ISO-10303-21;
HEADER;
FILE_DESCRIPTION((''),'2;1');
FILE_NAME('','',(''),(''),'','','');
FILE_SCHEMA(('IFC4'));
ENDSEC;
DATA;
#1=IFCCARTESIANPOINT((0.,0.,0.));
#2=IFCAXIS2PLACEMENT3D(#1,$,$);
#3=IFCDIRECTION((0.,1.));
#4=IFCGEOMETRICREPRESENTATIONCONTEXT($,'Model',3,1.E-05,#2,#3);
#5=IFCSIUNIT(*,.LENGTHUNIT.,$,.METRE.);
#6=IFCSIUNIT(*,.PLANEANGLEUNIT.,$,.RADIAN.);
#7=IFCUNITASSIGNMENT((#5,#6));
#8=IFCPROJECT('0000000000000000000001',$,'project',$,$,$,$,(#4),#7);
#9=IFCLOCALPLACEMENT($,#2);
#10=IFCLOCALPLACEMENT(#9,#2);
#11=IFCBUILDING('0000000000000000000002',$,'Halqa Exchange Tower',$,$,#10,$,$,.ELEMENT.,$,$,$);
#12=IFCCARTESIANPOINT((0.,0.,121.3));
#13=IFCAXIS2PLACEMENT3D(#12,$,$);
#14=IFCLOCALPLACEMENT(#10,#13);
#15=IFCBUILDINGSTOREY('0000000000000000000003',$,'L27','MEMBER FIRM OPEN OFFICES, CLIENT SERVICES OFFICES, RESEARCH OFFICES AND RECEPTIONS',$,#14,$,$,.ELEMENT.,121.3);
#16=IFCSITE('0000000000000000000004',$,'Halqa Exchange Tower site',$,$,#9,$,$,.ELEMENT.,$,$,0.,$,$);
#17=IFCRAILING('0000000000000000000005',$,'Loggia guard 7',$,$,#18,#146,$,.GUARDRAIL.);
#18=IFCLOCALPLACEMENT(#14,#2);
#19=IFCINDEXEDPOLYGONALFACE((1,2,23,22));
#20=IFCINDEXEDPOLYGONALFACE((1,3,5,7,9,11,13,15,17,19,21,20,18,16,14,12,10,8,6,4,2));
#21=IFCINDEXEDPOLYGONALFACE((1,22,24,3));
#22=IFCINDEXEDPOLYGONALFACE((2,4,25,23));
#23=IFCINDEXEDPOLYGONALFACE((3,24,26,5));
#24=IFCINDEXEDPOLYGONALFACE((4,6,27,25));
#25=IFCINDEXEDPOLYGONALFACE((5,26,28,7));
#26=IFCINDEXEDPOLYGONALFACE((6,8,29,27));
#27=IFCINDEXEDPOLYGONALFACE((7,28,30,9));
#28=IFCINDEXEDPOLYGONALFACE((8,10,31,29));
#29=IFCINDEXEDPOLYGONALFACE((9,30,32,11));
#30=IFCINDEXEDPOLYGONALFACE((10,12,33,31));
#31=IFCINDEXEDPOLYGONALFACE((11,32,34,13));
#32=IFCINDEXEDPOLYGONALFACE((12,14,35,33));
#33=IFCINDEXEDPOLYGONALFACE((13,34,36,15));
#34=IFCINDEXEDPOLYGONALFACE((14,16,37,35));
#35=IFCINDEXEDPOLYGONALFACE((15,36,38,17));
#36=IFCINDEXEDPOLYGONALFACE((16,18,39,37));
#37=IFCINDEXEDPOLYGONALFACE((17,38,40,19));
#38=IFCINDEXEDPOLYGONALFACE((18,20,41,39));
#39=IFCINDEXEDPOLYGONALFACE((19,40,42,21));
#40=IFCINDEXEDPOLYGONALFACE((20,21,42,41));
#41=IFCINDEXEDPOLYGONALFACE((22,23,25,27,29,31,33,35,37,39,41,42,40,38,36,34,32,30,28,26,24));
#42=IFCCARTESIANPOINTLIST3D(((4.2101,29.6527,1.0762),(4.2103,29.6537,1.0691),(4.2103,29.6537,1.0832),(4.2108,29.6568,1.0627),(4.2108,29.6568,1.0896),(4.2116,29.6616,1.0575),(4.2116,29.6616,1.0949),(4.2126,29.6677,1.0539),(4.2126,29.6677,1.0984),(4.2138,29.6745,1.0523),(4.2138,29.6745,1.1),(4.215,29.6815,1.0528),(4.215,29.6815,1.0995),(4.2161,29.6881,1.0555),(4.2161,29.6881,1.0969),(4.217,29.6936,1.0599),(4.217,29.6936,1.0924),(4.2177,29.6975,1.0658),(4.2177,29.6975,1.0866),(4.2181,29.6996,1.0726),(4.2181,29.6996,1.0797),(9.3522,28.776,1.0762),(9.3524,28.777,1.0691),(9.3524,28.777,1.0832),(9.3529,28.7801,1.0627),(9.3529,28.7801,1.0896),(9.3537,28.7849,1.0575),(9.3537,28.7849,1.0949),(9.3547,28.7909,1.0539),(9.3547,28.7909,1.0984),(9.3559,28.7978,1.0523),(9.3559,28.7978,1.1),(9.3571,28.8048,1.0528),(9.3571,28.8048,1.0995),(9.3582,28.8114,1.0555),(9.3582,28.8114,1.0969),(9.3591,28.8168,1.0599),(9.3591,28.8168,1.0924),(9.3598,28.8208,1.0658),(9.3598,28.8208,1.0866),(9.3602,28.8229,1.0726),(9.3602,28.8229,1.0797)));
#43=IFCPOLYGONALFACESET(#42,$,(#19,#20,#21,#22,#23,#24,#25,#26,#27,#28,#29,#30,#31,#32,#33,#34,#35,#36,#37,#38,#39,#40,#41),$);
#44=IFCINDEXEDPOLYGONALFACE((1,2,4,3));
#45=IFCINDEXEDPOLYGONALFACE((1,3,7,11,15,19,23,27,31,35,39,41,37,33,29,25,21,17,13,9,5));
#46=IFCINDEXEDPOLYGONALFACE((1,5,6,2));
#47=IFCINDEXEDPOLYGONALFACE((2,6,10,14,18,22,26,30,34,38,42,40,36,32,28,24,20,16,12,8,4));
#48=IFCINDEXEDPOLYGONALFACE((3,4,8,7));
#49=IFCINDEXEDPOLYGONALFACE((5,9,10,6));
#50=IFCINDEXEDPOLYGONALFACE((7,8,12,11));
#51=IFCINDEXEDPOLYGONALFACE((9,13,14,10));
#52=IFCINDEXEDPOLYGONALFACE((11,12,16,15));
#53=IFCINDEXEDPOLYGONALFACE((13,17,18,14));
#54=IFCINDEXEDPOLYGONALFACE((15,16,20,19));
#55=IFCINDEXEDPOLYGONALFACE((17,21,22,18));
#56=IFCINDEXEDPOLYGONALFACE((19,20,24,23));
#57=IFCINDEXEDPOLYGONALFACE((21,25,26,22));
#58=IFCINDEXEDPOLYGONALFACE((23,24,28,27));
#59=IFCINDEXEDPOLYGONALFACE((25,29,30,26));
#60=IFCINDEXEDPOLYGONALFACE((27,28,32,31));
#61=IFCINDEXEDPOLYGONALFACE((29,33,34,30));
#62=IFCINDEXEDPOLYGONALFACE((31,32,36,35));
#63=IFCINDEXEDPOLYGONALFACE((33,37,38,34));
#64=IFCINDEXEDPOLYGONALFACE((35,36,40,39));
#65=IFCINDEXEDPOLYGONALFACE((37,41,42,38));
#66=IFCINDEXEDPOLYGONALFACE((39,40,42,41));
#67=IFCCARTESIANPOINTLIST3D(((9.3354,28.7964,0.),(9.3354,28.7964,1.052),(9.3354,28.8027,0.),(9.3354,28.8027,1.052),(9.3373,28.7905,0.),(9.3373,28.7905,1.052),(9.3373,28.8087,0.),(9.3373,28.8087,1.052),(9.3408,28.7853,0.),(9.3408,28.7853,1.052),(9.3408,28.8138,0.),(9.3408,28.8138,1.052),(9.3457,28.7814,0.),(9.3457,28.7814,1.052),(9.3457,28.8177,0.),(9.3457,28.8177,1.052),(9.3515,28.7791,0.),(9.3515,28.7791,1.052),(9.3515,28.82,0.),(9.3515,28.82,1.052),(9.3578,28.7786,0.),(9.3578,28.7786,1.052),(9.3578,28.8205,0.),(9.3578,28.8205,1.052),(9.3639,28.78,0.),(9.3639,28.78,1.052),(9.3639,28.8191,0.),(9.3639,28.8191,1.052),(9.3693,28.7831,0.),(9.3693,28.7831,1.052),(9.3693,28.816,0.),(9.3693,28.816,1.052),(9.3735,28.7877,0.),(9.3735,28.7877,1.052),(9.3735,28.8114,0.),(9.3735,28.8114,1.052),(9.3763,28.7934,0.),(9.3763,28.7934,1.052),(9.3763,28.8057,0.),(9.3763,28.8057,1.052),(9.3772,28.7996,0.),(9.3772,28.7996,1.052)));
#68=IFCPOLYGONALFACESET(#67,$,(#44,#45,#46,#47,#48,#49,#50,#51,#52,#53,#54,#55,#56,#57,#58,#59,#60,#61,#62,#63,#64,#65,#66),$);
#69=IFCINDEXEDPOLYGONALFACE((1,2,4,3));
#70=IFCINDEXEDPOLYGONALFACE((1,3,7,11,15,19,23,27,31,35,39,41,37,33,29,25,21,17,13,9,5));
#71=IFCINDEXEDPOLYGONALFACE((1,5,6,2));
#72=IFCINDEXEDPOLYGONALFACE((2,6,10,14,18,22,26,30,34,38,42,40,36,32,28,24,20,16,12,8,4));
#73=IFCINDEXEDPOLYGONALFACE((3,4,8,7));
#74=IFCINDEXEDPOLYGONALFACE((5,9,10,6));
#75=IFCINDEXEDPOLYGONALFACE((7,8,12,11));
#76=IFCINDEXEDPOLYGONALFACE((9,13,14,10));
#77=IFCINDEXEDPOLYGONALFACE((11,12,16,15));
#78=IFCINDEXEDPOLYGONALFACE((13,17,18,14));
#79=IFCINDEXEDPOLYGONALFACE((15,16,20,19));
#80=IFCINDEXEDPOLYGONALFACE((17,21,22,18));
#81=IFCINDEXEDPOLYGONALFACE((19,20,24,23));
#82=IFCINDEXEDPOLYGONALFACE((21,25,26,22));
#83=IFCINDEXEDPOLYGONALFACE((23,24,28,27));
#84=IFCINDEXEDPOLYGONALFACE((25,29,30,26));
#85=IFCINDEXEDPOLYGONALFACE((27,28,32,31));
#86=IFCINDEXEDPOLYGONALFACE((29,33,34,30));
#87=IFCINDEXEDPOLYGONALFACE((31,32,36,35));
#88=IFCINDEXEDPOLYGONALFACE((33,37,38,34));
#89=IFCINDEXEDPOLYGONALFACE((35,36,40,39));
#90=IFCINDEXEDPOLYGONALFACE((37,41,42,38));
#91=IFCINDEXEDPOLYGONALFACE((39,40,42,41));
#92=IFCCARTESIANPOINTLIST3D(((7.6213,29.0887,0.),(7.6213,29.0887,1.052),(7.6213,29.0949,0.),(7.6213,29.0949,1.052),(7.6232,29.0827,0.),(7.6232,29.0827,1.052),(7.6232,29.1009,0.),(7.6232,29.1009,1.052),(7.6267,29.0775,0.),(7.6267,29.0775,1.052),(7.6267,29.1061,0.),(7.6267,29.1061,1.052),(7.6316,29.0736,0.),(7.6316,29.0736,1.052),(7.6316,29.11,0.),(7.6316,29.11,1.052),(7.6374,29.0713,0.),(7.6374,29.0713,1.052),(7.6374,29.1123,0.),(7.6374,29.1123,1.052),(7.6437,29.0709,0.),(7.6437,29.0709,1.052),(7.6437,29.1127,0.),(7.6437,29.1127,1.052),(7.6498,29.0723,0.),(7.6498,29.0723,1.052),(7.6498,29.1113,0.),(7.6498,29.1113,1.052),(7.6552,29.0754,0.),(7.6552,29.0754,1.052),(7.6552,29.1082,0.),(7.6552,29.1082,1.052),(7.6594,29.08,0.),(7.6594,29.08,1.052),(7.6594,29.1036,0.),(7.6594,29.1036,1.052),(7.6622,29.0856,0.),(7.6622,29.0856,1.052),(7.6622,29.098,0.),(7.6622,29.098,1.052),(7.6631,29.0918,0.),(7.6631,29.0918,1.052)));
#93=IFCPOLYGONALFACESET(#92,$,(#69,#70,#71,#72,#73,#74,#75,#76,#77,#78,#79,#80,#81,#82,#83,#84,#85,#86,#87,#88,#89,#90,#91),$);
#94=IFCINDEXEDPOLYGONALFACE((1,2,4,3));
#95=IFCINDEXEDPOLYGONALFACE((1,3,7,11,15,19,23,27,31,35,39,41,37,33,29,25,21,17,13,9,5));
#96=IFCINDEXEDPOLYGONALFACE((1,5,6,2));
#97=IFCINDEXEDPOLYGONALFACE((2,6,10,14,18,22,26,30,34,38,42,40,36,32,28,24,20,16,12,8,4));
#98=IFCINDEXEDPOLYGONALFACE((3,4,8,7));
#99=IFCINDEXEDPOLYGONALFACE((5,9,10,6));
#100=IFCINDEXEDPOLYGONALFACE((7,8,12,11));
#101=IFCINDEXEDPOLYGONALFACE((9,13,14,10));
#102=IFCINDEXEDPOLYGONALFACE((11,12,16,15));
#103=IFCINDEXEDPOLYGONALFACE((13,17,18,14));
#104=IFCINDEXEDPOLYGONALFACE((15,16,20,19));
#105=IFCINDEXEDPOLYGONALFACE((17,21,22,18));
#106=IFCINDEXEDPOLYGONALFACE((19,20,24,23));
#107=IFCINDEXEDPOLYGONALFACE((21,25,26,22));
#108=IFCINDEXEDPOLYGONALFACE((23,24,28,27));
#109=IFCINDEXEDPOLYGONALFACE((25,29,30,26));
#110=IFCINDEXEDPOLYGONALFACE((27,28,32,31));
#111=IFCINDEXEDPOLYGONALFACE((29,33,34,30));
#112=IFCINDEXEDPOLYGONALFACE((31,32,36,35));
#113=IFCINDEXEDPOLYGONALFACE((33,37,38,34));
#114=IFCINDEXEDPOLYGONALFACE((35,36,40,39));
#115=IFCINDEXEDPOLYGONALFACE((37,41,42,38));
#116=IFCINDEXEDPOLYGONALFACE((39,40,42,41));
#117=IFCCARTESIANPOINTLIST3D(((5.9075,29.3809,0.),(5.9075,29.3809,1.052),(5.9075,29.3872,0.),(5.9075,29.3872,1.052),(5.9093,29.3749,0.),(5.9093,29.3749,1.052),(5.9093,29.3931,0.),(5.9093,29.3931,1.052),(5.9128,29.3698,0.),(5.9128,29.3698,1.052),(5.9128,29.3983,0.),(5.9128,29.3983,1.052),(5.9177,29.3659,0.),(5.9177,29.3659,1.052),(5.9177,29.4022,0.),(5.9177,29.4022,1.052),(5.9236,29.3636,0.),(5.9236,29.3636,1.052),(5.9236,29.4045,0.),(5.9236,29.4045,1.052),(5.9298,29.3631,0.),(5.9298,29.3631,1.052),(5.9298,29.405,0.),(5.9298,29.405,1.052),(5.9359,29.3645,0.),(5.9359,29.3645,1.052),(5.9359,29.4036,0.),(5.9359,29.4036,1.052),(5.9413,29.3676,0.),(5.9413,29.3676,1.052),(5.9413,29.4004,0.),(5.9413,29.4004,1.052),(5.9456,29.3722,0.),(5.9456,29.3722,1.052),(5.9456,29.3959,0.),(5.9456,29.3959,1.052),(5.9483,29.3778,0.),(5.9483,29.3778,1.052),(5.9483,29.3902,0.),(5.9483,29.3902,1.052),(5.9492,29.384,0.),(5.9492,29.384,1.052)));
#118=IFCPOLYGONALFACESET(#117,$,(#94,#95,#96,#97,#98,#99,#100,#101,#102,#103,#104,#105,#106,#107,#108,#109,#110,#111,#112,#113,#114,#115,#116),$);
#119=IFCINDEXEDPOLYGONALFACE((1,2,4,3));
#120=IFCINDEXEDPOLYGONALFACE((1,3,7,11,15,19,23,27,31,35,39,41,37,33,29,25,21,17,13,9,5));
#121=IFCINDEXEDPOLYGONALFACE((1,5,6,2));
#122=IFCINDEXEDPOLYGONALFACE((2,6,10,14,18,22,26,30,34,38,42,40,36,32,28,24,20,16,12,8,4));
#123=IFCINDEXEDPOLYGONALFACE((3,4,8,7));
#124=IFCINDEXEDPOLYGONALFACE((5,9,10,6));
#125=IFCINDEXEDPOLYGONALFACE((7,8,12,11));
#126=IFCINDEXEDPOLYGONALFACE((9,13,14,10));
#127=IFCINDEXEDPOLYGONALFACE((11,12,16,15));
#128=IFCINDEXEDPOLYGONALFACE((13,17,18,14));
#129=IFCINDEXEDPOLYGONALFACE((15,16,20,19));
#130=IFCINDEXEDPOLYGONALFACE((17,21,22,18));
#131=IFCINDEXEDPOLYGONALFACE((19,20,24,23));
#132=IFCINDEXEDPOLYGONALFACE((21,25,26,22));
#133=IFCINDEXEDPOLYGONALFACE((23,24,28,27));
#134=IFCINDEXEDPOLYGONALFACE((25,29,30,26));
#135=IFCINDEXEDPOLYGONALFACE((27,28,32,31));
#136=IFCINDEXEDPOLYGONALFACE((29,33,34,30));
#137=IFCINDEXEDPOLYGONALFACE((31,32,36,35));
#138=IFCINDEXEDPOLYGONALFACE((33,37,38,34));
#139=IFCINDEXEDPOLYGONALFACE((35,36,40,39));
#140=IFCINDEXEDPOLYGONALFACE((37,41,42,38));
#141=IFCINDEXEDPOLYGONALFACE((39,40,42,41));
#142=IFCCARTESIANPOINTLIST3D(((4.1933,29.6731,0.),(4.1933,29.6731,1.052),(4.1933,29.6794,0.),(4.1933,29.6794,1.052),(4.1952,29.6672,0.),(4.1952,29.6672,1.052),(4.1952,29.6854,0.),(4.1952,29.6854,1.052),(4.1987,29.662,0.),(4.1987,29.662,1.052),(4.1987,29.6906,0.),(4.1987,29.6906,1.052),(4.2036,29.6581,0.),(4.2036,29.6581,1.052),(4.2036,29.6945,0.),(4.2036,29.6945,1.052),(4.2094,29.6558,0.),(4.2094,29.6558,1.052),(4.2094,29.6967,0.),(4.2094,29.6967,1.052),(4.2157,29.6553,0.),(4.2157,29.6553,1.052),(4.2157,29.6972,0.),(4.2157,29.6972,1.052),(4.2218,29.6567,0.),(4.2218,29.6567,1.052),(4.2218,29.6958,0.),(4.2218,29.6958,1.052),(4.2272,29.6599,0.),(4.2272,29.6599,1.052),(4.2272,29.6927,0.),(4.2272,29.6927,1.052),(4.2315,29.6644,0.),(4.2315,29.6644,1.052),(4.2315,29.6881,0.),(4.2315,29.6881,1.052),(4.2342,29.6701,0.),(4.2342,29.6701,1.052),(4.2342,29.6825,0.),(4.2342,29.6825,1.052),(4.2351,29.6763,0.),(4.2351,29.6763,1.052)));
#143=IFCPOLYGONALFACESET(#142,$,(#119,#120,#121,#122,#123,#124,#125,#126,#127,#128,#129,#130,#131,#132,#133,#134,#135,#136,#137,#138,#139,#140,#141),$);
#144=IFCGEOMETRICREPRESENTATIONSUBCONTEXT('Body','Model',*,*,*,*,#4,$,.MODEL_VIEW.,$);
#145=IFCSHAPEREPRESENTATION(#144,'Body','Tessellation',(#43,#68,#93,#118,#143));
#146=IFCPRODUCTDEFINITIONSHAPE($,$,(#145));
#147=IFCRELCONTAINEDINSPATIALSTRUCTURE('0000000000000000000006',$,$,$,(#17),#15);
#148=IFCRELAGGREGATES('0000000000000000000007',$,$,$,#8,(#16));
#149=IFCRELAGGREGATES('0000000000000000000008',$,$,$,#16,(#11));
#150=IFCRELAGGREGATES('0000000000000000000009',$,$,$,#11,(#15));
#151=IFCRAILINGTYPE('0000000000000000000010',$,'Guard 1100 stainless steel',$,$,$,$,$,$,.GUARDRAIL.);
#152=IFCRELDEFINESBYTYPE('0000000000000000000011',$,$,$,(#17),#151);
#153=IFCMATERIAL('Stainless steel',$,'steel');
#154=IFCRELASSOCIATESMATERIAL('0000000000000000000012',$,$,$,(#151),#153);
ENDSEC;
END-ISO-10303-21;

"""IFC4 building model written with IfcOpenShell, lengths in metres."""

from ifc_helpers import new_model, si_unit, direction, frame, origin, origin_2d, place, context, subcontext, project, spatial, circle, extrude, material, type_object, element, save


model = new_model("IFC4")

# Units and contexts
model_context = context("Model", 3, precision=1e-05, world=origin(), true_north=direction((0.0, 1.0)))
body_context = subcontext(model_context, "Body", "Model", "MODEL_VIEW")
ifc_project = project(units=[si_unit("LENGTHUNIT", "METRE"), si_unit("PLANEANGLEUNIT", "RADIAN")], contexts=[model_context])

# Site, building, storey
site_placement = place(None, origin())
site = spatial("IfcSite", under=ifc_project, at=site_placement, Name="Halqa Exchange Tower site", CompositionType="ELEMENT", RefElevation=0.0)
building_placement = place(site_placement, origin())
building = spatial("IfcBuilding", under=site, at=building_placement, Name="Halqa Exchange Tower", CompositionType="ELEMENT")
storey_placement = place(building_placement, frame((0.0, 0.0, 121.3)))
storey = spatial("IfcBuildingStorey", under=building, at=storey_placement, Name="L27", Description="MEMBER FIRM OPEN OFFICES, CLIENT SERVICES OFFICES, RESEARCH OFFICES AND RECEPTIONS", CompositionType="ELEMENT", Elevation=121.3)

# Railing
ifc_material_1 = material(Name="Stainless steel", Category="steel")
railing_type_1 = type_object("IfcRailingType", Name="Guard 1100 stainless steel", PredefinedType="GUARDRAIL", material=ifc_material_1)
railing_1_placement = place(storey_placement, frame((9.3562, 28.7996, 0.0)))
element("IfcRailing", 1, at=railing_1_placement, inside=storey, type_object=railing_type_1, Name="Loggia guard 7", PredefinedType="GUARDRAIL", context=body_context, shape_type="SweptSolid", body=[
    extrude(circle(Radius=0.0239, at=origin_2d()), frame((0.0, 0.0, 1.0762), z_axis=(-0.985775, 0.168071, 0.0), x_axis=(-0.168071, -0.985775, 0.0)), (0.0, 0.0, 1.0), 5.2163),
    extrude(circle(Radius=0.021, at=origin_2d()), origin(), (0.0, 0.0, 1.0), 1.052),
    extrude(circle(Radius=0.021, at=origin_2d()), frame((-1.7141, 0.2922, 0.0)), (0.0, 0.0, 1.0), 1.052),
    extrude(circle(Radius=0.021, at=origin_2d()), frame((-3.428, 0.5845, 0.0)), (0.0, 0.0, 1.0), 1.052),
    extrude(circle(Radius=0.021, at=origin_2d()), frame((-5.1421, 0.8767, 0.0)), (0.0, 0.0, 1.0), 1.052),
])

save(model, "model.ifc")
